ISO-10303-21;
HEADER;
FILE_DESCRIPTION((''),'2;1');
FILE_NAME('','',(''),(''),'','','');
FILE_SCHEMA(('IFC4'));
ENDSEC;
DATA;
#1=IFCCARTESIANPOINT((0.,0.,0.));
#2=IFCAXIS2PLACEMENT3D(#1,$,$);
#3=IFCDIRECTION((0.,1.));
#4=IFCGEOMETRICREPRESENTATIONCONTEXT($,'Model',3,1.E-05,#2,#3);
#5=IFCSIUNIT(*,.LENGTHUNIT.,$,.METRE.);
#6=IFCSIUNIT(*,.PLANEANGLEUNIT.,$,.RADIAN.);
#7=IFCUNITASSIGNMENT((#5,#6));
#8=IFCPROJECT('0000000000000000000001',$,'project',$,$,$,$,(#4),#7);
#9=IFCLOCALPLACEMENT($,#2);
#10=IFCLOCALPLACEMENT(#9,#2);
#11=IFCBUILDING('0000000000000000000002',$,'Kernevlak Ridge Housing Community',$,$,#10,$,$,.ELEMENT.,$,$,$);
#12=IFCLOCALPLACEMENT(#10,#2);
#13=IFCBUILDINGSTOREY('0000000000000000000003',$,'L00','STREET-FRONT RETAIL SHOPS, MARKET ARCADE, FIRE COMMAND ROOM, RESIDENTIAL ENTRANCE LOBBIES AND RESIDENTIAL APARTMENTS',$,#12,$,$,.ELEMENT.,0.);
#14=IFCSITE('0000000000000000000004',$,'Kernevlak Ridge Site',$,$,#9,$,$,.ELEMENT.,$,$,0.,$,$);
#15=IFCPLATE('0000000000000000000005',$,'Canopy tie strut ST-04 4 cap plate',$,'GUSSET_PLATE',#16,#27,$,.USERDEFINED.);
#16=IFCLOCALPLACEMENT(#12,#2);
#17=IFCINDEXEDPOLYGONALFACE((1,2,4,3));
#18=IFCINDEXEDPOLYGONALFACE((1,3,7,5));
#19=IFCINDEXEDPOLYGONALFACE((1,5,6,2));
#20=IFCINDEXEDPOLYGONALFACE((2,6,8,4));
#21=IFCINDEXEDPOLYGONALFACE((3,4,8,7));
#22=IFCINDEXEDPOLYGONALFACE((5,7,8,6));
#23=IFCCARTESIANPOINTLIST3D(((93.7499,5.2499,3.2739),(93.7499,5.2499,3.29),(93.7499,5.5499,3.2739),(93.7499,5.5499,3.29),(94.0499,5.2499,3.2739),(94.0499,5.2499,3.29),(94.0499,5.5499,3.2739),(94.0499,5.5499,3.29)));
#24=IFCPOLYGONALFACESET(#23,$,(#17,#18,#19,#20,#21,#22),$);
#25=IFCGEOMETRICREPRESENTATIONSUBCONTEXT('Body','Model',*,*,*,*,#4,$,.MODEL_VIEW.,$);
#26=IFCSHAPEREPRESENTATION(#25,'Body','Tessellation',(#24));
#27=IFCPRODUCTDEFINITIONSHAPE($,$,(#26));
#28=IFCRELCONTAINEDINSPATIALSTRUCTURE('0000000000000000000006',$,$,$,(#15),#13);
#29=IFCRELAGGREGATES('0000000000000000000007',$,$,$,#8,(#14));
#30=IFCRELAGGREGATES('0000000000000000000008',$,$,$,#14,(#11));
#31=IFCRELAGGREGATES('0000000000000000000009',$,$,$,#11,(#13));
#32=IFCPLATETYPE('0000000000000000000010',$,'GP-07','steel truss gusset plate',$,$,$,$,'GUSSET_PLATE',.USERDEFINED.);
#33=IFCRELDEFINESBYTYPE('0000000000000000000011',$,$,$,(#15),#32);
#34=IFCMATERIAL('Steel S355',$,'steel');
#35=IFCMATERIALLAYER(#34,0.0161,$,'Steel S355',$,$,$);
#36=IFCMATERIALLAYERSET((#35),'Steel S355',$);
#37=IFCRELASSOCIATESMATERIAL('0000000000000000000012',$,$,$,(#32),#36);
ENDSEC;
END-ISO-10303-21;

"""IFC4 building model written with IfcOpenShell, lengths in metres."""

from ifc_helpers import new_model, si_unit, direction, frame, origin, origin_2d, place, context, subcontext, project, spatial, rectangle, extrude, material, layer, layer_set, type_object, element, save


model = new_model("IFC4")

# Units and contexts
model_context = context("Model", 3, precision=1e-05, world=origin(), true_north=direction((0.0, 1.0)))
body_context = subcontext(model_context, "Body", "Model", "MODEL_VIEW")
ifc_project = project(units=[si_unit("LENGTHUNIT", "METRE"), si_unit("PLANEANGLEUNIT", "RADIAN")], contexts=[model_context])

# Site, building, storey
site_placement = place(None, origin())
site = spatial("IfcSite", under=ifc_project, at=site_placement, Name="Kernevlak Ridge Site", CompositionType="ELEMENT", RefElevation=0.0)
building_placement = place(site_placement, origin())
building = spatial("IfcBuilding", under=site, at=building_placement, Name="Kernevlak Ridge Housing Community", CompositionType="ELEMENT")
storey_placement = place(building_placement, origin())
storey = spatial("IfcBuildingStorey", under=building, at=storey_placement, Name="L00", Description="STREET-FRONT RETAIL SHOPS, MARKET ARCADE, FIRE COMMAND ROOM, RESIDENTIAL ENTRANCE LOBBIES AND RESIDENTIAL APARTMENTS", CompositionType="ELEMENT", Elevation=0.0)

# Shared definitions
ifc_material_1 = material(Name="Steel S355", Category="steel")

# Plate
ifc_layer_1 = layer(ifc_material_1, 0.0161, Name="Steel S355")
ifc_layer_set_1 = layer_set([ifc_layer_1], Name="Steel S355")
plate_type_1 = type_object("IfcPlateType", Name="GP-07", Description="steel truss gusset plate", ElementType="GUSSET_PLATE", PredefinedType="USERDEFINED", material=ifc_layer_set_1)
plate_1_placement = place(storey_placement, frame((93.8999, 5.3999, 3.2739), z_axis=(0.0, 0.0, 1.0), x_axis=(1.0, 0.0, 0.0)))
element("IfcPlate", 1, at=plate_1_placement, inside=storey, type_object=plate_type_1, Name="Canopy tie strut ST-04 4 cap plate", ObjectType="GUSSET_PLATE", PredefinedType="USERDEFINED", context=body_context, shape_type="SweptSolid", body=[
    extrude(rectangle(XDim=0.3, YDim=0.3, at=origin_2d()), origin(), (0.0, 0.0, 1.0), 0.0161),
])

save(model, "model.ifc")
